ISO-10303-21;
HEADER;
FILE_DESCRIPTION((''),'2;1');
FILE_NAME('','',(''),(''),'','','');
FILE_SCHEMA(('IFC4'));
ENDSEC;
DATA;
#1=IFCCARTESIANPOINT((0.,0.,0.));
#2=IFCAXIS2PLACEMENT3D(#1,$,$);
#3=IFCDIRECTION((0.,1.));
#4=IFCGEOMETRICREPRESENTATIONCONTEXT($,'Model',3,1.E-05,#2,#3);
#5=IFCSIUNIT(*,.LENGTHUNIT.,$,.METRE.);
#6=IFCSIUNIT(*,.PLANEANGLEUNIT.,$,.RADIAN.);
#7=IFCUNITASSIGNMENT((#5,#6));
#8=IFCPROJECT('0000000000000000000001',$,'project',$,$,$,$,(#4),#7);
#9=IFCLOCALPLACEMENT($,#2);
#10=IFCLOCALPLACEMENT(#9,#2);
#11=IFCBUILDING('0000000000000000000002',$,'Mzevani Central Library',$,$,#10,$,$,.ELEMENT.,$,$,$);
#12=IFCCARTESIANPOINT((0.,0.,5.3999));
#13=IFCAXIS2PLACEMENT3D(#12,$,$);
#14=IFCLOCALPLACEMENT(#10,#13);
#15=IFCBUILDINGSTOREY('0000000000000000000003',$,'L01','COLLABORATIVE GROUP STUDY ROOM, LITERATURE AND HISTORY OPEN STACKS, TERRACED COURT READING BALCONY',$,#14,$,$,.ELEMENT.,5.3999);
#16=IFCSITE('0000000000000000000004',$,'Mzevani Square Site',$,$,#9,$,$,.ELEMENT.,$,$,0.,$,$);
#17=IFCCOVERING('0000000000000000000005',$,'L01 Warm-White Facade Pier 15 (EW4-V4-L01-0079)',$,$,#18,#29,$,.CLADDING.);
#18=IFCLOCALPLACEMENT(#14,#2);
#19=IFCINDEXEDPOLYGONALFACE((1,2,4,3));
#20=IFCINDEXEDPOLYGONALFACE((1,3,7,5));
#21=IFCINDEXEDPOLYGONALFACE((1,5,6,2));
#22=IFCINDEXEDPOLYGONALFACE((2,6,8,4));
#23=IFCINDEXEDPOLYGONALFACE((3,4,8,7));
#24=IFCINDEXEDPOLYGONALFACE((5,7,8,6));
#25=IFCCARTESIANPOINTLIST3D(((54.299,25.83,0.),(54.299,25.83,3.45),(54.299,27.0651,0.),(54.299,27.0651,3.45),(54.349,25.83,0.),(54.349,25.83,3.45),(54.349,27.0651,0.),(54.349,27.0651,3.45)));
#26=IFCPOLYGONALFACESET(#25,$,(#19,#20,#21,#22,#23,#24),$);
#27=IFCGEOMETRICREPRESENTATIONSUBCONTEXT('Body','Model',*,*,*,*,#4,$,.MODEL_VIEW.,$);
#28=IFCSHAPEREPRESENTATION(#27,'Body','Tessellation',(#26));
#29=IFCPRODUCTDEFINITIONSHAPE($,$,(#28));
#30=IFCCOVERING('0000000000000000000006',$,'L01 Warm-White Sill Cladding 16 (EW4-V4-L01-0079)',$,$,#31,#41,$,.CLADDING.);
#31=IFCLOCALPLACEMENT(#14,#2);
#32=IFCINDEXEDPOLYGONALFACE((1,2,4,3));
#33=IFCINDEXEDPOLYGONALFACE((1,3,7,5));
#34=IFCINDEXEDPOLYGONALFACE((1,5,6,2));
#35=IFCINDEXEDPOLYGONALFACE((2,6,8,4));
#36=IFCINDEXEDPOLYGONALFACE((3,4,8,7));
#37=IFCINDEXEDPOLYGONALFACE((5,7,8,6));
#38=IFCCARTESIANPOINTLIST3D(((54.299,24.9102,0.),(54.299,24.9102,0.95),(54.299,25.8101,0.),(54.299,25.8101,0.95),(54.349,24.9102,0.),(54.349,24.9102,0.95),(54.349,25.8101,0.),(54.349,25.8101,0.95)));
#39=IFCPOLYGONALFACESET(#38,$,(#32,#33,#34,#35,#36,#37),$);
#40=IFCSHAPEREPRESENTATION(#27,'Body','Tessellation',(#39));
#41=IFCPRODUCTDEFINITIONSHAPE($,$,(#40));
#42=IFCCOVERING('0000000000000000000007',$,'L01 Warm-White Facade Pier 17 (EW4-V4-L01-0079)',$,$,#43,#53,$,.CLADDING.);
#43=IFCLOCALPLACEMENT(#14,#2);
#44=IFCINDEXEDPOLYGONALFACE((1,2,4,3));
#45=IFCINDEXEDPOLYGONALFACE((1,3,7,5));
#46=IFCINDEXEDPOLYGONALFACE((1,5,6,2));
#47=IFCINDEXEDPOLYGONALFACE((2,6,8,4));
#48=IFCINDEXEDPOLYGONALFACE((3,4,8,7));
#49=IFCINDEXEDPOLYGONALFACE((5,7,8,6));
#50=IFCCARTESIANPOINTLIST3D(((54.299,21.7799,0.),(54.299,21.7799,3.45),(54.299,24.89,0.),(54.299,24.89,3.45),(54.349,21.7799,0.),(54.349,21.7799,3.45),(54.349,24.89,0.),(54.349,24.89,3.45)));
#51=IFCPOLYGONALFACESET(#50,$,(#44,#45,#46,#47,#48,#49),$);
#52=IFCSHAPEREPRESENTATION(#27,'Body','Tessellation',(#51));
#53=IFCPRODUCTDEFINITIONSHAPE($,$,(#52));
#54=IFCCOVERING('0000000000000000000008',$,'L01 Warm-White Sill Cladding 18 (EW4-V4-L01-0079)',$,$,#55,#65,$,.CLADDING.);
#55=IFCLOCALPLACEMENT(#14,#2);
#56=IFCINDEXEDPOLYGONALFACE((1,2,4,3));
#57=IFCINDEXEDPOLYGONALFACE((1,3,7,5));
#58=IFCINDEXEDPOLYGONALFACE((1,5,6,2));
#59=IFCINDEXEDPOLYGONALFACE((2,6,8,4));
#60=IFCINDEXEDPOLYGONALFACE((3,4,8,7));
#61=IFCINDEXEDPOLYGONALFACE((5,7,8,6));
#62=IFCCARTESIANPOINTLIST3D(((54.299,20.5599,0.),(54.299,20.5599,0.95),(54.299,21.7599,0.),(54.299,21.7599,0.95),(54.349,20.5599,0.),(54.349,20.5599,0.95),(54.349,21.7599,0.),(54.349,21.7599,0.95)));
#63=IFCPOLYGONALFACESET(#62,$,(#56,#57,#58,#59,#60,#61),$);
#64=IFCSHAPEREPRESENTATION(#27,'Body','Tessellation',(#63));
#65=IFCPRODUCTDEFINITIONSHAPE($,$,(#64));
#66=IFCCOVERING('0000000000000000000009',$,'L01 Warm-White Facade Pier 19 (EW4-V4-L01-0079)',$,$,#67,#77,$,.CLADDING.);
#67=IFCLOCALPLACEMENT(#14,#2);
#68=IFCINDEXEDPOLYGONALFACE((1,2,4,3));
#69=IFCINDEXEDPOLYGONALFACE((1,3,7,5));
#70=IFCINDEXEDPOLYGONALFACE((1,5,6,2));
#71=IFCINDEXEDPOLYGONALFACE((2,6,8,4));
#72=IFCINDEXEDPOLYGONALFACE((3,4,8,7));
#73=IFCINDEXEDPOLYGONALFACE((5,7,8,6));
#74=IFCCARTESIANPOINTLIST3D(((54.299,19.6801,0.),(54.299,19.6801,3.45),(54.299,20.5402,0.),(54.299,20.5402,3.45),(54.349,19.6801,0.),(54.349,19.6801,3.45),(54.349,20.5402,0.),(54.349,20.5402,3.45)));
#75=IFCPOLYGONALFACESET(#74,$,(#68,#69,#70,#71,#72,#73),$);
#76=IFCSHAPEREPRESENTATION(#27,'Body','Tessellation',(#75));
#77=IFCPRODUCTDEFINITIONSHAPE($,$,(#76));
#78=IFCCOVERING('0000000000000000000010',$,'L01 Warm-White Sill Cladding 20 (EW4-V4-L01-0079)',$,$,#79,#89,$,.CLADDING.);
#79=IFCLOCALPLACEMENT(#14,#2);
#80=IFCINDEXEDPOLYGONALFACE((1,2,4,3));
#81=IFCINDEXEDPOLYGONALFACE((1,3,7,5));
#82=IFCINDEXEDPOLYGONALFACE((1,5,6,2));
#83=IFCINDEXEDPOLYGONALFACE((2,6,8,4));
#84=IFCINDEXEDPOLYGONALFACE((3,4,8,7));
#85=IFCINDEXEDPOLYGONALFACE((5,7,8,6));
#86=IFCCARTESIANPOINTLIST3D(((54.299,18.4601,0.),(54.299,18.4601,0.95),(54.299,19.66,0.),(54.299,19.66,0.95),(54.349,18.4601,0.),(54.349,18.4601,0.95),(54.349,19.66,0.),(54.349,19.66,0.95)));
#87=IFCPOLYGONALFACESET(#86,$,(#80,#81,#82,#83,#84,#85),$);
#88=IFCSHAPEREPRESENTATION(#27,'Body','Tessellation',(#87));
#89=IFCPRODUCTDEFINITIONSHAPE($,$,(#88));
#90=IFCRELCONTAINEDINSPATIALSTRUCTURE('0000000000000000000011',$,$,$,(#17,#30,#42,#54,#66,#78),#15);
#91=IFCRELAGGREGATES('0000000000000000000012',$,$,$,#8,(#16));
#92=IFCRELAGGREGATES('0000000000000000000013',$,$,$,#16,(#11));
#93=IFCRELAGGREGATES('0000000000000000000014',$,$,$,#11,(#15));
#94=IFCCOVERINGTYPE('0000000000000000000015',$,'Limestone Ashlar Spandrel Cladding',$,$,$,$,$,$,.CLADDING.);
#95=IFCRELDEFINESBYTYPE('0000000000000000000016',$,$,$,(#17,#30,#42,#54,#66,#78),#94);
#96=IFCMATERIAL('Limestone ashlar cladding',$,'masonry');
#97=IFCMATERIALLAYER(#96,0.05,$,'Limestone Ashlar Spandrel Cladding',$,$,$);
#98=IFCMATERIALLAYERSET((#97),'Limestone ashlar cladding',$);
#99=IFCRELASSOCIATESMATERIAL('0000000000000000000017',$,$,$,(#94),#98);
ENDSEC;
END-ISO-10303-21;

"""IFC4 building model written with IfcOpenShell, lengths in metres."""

from ifc_helpers import new_model, si_unit, direction, frame, origin, origin_2d, place, context, subcontext, project, spatial, rectangle, extrude, material, layer, layer_set, type_object, element, save


model = new_model("IFC4")

# Units and contexts
model_context = context("Model", 3, precision=1e-05, world=origin(), true_north=direction((0.0, 1.0)))
body_context = subcontext(model_context, "Body", "Model", "MODEL_VIEW")
ifc_project = project(units=[si_unit("LENGTHUNIT", "METRE"), si_unit("PLANEANGLEUNIT", "RADIAN")], contexts=[model_context])

# Site, building, storey
site_placement = place(None, origin())
site = spatial("IfcSite", under=ifc_project, at=site_placement, Name="Mzevani Square Site", CompositionType="ELEMENT", RefElevation=0.0)
building_placement = place(site_placement, origin())
building = spatial("IfcBuilding", under=site, at=building_placement, Name="Mzevani Central Library", CompositionType="ELEMENT")
storey_placement = place(building_placement, frame((0.0, 0.0, 5.3999)))
storey = spatial("IfcBuildingStorey", under=building, at=storey_placement, Name="L01", Description="COLLABORATIVE GROUP STUDY ROOM, LITERATURE AND HISTORY OPEN STACKS, TERRACED COURT READING BALCONY", CompositionType="ELEMENT", Elevation=5.3999)

# Coverings
ifc_material_1 = material(Name="Limestone ashlar cladding", Category="masonry")
ifc_layer_1 = layer(ifc_material_1, 0.05, Name="Limestone Ashlar Spandrel Cladding")
ifc_layer_set_1 = layer_set([ifc_layer_1], Name="Limestone ashlar cladding")
covering_type = type_object("IfcCoveringType", Name="Limestone Ashlar Spandrel Cladding", PredefinedType="CLADDING", material=ifc_layer_set_1)
covering_1_placement = place(storey_placement, frame((54.324, 26.4475, 0.0), z_axis=(0.0, 0.0, 1.0), x_axis=(0.0, -1.0, 0.0)))
element("IfcCovering", 1, at=covering_1_placement, inside=storey, type_object=covering_type, Name="L01 Warm-White Facade Pier 15 (EW4-V4-L01-0079)", PredefinedType="CLADDING", context=body_context, shape_type="SweptSolid", body=[
    extrude(rectangle(XDim=1.2351, YDim=0.05, at=origin_2d()), origin(), (0.0, 0.0, 1.0), 3.45),
])
covering_2_placement = place(storey_placement, frame((54.324, 25.3601, 0.0), z_axis=(0.0, 0.0, 1.0), x_axis=(0.0, -1.0, 0.0)))
element("IfcCovering", 2, at=covering_2_placement, inside=storey, type_object=covering_type, Name="L01 Warm-White Sill Cladding 16 (EW4-V4-L01-0079)", PredefinedType="CLADDING", context=body_context, shape_type="SweptSolid", body=[
    extrude(rectangle(XDim=0.8999, YDim=0.05, at=origin_2d()), origin(), (0.0, 0.0, 1.0), 0.95),
])
covering_3_placement = place(storey_placement, frame((54.324, 23.335, 0.0), z_axis=(0.0, 0.0, 1.0), x_axis=(0.0, -1.0, 0.0)))
element("IfcCovering", 3, at=covering_3_placement, inside=storey, type_object=covering_type, Name="L01 Warm-White Facade Pier 17 (EW4-V4-L01-0079)", PredefinedType="CLADDING", context=body_context, shape_type="SweptSolid", body=[
    extrude(rectangle(XDim=3.1101, YDim=0.05, at=origin_2d()), origin(), (0.0, 0.0, 1.0), 3.45),
])
covering_4_placement = place(storey_placement, frame((54.324, 21.1599, 0.0), z_axis=(0.0, 0.0, 1.0), x_axis=(0.0, -1.0, 0.0)))
element("IfcCovering", 4, at=covering_4_placement, inside=storey, type_object=covering_type, Name="L01 Warm-White Sill Cladding 18 (EW4-V4-L01-0079)", PredefinedType="CLADDING", context=body_context, shape_type="SweptSolid", body=[
    extrude(rectangle(XDim=1.2, YDim=0.05, at=origin_2d()), origin(), (0.0, 0.0, 1.0), 0.95),
])
covering_5_placement = place(storey_placement, frame((54.324, 20.1101, 0.0), z_axis=(0.0, 0.0, 1.0), x_axis=(0.0, -1.0, 0.0)))
element("IfcCovering", 5, at=covering_5_placement, inside=storey, type_object=covering_type, Name="L01 Warm-White Facade Pier 19 (EW4-V4-L01-0079)", PredefinedType="CLADDING", context=body_context, shape_type="SweptSolid", body=[
    extrude(rectangle(XDim=0.8601, YDim=0.05, at=origin_2d()), origin(), (0.0, 0.0, 1.0), 3.45),
])
covering_6_placement = place(storey_placement, frame((54.324, 19.0601, 0.0), z_axis=(0.0, 0.0, 1.0), x_axis=(0.0, -1.0, 0.0)))
element("IfcCovering", 6, at=covering_6_placement, inside=storey, type_object=covering_type, Name="L01 Warm-White Sill Cladding 20 (EW4-V4-L01-0079)", PredefinedType="CLADDING", context=body_context, shape_type="SweptSolid", body=[
    extrude(rectangle(XDim=1.2, YDim=0.05, at=origin_2d()), origin(), (0.0, 0.0, 1.0), 0.95),
])

save(model, "model.ifc")
